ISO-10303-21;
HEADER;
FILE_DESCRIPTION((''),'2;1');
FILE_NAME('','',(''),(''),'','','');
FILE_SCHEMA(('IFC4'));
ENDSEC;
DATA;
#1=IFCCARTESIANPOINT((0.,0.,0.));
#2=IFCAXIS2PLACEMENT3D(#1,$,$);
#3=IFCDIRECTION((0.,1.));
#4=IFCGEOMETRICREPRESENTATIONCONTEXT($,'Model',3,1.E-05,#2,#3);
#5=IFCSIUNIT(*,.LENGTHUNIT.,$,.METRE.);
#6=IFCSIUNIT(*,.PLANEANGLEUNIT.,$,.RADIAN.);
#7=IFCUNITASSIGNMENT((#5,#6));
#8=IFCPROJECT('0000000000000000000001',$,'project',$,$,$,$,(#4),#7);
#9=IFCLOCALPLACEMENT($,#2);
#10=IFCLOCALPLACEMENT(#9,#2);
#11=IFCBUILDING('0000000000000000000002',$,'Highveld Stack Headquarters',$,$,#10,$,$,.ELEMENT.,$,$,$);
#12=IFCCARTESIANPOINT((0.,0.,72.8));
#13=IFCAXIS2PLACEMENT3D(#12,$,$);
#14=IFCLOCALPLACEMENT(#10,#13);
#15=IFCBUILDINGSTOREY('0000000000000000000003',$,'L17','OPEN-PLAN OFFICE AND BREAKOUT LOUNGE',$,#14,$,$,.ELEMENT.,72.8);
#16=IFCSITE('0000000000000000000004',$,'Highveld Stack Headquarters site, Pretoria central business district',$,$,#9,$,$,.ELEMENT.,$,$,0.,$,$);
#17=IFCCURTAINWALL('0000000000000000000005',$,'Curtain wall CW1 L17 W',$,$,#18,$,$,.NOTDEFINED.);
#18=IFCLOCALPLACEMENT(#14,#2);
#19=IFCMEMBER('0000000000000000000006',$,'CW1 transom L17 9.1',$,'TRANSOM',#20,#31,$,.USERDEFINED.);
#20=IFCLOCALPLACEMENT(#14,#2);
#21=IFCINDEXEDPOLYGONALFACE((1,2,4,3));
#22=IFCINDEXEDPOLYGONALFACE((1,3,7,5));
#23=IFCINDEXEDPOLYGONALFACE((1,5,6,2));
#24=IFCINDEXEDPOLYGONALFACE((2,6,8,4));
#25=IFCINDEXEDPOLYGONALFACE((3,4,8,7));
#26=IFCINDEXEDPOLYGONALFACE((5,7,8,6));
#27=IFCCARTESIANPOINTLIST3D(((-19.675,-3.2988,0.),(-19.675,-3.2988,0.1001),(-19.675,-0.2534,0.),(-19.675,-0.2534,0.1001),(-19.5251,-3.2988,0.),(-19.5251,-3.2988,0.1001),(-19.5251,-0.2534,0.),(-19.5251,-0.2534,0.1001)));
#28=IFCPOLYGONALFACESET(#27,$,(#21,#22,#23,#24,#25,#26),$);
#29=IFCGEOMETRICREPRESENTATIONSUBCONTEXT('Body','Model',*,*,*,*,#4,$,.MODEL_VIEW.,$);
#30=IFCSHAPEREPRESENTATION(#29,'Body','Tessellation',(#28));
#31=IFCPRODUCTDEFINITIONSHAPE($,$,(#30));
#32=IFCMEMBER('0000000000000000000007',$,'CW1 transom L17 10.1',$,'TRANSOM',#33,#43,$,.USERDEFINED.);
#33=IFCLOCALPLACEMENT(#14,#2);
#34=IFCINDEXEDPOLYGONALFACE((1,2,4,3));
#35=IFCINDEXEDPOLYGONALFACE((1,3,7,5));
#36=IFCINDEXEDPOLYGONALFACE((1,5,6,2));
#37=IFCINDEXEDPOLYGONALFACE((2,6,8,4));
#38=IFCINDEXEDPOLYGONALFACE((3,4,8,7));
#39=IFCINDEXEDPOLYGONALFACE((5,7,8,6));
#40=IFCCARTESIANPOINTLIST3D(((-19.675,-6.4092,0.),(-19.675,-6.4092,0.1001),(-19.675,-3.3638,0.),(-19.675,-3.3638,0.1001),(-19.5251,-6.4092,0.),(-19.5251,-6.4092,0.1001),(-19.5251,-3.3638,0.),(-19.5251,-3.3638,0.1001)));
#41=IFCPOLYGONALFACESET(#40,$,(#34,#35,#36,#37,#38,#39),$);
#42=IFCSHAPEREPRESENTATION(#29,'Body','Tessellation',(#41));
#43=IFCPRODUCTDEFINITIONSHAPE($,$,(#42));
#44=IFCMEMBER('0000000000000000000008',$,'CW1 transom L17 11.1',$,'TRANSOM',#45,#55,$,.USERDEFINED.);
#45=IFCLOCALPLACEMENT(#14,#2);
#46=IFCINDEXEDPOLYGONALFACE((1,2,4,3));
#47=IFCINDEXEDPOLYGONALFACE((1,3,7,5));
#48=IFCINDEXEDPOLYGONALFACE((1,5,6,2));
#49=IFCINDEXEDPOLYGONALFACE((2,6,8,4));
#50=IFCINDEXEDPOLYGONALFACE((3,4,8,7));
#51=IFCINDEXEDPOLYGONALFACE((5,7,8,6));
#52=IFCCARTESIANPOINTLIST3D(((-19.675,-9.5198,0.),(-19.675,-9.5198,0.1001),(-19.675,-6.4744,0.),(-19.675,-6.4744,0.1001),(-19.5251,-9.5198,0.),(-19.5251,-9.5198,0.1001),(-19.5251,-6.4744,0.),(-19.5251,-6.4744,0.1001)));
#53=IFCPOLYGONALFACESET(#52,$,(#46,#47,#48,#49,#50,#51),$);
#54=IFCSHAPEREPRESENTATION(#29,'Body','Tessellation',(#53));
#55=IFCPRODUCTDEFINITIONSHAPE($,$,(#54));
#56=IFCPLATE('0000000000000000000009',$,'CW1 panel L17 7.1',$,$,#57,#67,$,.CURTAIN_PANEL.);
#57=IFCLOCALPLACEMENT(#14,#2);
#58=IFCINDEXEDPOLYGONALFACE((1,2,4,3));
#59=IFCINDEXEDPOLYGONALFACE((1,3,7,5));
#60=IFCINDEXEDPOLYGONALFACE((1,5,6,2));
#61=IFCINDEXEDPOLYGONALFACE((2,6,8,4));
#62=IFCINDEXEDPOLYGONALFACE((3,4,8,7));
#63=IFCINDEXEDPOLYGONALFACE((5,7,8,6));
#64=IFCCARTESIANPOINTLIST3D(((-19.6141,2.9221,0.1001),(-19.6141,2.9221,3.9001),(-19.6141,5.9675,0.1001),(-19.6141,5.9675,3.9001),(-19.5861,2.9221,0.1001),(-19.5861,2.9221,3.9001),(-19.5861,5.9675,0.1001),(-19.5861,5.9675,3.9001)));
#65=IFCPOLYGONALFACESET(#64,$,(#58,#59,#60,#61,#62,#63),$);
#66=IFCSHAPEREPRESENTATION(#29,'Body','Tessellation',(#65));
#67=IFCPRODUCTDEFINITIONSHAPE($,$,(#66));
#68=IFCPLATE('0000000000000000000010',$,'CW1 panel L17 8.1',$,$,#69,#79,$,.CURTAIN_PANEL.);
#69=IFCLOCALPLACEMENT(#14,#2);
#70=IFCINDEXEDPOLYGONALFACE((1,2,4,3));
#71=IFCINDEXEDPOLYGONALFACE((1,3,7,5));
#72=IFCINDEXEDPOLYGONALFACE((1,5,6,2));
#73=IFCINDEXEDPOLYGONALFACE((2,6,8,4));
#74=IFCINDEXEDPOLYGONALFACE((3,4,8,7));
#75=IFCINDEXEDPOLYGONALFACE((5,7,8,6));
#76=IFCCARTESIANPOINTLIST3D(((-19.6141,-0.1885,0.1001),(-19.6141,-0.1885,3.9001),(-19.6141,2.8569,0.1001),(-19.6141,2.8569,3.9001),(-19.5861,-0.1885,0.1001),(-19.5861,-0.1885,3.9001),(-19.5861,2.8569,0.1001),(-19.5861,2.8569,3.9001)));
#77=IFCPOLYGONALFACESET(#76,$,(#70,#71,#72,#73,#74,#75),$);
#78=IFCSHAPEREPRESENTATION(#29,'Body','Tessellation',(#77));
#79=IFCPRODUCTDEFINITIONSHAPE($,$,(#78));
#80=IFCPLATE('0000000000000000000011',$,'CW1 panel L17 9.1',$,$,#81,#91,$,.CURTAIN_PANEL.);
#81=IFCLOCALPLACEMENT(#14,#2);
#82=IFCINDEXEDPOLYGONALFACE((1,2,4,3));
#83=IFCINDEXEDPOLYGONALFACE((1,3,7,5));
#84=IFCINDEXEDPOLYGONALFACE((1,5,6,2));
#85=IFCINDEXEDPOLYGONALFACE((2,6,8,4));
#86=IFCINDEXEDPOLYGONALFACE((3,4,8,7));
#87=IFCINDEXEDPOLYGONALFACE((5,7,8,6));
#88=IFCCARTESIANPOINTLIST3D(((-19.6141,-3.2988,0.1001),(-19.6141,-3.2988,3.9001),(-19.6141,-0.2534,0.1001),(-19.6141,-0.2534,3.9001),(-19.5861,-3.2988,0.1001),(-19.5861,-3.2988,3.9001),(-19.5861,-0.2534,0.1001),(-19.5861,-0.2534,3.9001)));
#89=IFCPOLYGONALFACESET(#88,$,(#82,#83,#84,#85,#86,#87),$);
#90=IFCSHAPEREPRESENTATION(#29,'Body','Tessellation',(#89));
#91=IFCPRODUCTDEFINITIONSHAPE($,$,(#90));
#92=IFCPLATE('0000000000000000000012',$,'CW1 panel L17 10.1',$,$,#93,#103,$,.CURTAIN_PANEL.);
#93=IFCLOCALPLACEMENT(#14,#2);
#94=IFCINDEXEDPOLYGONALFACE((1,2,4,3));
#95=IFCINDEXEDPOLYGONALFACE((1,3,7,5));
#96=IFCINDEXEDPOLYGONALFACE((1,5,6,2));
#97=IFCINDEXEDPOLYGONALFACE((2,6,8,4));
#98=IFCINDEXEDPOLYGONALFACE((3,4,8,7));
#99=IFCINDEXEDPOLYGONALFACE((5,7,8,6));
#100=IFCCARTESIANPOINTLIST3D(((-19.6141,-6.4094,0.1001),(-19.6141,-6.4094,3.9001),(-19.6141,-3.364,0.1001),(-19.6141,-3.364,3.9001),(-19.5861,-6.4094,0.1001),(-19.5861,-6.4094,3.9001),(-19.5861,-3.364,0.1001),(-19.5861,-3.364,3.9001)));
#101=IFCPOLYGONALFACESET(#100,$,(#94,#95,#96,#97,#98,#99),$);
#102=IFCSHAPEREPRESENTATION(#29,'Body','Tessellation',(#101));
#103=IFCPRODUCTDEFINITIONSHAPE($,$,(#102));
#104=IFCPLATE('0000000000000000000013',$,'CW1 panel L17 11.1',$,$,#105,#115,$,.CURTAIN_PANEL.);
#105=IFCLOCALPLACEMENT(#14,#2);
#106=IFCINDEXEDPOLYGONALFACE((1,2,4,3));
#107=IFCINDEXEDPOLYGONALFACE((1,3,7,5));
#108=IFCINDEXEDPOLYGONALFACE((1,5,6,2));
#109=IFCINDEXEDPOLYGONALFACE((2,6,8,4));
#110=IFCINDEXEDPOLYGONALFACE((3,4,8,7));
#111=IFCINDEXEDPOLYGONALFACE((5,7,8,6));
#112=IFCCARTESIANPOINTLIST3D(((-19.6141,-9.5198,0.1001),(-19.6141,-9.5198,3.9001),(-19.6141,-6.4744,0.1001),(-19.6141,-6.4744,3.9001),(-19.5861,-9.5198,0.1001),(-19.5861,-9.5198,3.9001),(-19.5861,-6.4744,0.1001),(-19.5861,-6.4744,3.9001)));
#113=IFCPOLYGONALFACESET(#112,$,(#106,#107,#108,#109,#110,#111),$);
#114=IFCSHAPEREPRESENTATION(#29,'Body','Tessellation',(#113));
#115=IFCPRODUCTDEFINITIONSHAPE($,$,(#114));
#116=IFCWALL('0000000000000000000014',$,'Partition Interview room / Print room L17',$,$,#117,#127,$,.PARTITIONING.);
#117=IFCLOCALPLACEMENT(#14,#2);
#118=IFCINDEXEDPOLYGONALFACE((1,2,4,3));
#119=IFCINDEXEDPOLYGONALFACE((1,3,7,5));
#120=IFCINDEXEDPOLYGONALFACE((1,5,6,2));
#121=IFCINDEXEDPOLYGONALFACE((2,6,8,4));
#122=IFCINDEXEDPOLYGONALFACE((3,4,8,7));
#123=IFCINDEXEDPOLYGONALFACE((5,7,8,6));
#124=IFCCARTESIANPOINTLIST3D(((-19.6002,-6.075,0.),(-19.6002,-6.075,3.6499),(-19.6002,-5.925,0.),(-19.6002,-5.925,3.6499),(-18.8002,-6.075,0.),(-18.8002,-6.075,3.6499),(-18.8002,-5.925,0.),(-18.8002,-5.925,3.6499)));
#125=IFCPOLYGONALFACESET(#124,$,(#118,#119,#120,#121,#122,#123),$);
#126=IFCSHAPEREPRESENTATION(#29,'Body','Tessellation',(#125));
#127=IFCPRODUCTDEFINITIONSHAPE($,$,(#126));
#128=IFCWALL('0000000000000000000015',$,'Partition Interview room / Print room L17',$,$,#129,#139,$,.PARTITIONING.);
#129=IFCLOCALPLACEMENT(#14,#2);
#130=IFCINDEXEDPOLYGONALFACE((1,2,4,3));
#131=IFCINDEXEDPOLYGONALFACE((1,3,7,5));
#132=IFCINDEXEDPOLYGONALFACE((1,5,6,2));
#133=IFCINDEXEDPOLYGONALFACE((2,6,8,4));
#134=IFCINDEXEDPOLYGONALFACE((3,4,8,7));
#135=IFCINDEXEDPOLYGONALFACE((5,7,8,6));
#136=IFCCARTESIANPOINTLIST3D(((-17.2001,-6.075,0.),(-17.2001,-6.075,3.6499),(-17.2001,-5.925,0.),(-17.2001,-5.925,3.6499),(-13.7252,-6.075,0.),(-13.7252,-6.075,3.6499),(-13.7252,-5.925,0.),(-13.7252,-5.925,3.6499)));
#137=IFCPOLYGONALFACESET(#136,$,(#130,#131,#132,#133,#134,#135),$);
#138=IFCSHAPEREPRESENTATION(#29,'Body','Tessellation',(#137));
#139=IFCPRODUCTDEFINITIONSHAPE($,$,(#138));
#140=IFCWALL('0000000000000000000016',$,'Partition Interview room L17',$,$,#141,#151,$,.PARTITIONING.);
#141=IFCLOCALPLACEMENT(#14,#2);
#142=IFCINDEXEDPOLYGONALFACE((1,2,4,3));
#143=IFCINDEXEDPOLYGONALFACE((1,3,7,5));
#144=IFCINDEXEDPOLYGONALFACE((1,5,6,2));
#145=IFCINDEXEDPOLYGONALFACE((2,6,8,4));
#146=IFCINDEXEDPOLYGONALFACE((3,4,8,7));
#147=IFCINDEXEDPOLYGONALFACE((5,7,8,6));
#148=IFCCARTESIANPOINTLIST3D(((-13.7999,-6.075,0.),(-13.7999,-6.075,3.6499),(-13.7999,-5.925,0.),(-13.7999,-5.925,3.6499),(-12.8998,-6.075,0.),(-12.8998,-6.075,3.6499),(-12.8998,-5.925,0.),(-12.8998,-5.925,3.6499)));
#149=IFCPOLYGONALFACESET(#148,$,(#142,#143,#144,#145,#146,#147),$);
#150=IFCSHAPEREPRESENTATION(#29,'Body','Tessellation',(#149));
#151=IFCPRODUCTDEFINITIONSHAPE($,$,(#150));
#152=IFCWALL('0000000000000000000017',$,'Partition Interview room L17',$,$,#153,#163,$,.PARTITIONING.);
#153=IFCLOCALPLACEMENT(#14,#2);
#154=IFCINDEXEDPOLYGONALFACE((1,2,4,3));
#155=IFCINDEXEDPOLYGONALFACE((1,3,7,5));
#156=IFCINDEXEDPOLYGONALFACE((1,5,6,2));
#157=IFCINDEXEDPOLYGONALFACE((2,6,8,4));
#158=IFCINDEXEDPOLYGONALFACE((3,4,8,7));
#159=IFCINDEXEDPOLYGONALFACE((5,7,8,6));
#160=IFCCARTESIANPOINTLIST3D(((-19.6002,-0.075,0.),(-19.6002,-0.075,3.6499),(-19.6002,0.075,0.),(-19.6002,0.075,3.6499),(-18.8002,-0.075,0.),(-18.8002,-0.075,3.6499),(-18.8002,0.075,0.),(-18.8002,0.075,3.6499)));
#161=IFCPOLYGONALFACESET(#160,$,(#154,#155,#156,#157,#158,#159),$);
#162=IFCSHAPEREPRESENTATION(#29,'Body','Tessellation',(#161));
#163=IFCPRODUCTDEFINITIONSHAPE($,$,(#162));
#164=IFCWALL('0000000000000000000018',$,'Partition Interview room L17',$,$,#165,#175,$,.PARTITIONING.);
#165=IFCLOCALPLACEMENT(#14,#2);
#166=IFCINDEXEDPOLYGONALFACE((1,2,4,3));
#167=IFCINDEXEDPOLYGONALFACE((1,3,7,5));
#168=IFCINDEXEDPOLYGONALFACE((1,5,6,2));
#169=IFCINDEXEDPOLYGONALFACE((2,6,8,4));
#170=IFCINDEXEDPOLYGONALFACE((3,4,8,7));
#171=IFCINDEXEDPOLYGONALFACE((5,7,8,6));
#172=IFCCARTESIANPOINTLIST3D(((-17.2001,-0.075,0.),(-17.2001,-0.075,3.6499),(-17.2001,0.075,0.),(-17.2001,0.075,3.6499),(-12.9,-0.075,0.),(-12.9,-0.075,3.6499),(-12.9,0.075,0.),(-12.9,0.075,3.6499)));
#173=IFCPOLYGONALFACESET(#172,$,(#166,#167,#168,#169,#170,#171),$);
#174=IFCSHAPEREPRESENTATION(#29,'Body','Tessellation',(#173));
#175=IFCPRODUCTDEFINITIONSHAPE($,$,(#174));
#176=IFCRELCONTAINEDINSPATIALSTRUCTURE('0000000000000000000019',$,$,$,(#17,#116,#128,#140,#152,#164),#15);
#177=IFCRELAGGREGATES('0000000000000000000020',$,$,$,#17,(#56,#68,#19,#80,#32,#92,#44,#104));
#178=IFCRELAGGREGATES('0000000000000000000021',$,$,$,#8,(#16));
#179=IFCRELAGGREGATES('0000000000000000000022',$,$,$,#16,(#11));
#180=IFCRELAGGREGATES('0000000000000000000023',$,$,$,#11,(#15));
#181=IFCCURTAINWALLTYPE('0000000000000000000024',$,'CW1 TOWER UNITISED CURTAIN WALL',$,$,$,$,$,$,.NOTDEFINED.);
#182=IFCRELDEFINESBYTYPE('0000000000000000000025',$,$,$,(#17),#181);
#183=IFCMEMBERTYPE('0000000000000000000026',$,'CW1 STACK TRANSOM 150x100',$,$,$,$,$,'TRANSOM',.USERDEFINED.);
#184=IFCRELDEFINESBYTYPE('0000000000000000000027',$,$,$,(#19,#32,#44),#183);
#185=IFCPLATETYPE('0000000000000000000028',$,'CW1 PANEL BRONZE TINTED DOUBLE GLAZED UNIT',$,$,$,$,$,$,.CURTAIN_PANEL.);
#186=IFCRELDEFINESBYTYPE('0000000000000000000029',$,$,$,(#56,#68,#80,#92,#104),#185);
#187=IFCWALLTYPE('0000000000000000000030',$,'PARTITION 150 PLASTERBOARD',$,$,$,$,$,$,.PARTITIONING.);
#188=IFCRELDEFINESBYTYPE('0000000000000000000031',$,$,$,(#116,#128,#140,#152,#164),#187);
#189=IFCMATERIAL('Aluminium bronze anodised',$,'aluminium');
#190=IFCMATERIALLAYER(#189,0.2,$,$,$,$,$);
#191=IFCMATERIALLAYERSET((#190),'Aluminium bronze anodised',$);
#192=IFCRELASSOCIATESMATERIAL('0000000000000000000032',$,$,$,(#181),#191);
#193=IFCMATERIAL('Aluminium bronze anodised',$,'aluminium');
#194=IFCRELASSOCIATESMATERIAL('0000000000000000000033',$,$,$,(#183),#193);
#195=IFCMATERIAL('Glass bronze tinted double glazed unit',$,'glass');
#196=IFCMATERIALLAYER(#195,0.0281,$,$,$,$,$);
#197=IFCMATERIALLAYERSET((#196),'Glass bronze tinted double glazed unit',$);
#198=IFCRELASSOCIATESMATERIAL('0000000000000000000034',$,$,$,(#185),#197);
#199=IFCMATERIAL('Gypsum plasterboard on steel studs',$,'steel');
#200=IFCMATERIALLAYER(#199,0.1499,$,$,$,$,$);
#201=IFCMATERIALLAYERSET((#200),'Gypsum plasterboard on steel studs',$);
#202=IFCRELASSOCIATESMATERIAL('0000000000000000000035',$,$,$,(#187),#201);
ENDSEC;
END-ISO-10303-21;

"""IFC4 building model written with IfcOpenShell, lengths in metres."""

from ifc_helpers import new_model, si_unit, direction, frame, frame_2d, origin, origin_2d, place, context, subcontext, project, spatial, rectangle, extrude, material, layer, layer_set, material_profile, profile_set, type_object, element, aggregate, save


model = new_model("IFC4")

# Units and contexts
model_context = context("Model", 3, precision=1e-05, world=origin(), true_north=direction((0.0, 1.0)))
body_context = subcontext(model_context, "Body", "Model", "MODEL_VIEW")
ifc_project = project(units=[si_unit("LENGTHUNIT", "METRE"), si_unit("PLANEANGLEUNIT", "RADIAN")], contexts=[model_context])

# Site, building, storey
site_placement = place(None, origin())
site = spatial("IfcSite", under=ifc_project, at=site_placement, Name="Highveld Stack Headquarters site, Pretoria central business district", CompositionType="ELEMENT", RefElevation=0.0)
building_placement = place(site_placement, origin())
building = spatial("IfcBuilding", under=site, at=building_placement, Name="Highveld Stack Headquarters", CompositionType="ELEMENT")
storey_placement = place(building_placement, frame((0.0, 0.0, 72.8)))
storey = spatial("IfcBuildingStorey", under=building, at=storey_placement, Name="L17", Description="OPEN-PLAN OFFICE AND BREAKOUT LOUNGE", CompositionType="ELEMENT", Elevation=72.8)

# Curtain wall, members, plates
ifc_material_1 = material(Name="Aluminium bronze anodised", Category="aluminium")
ifc_layer_1 = layer(ifc_material_1, 0.2)
ifc_layer_set_1 = layer_set([ifc_layer_1], Name="Aluminium bronze anodised")
curtain_wall_type = type_object("IfcCurtainWallType", Name="CW1 TOWER UNITISED CURTAIN WALL", PredefinedType="NOTDEFINED", material=ifc_layer_set_1)
curtain_wall_placement = place(storey_placement, origin())
curtain_wall = element("IfcCurtainWall", 1, at=curtain_wall_placement, inside=storey, type_object=curtain_wall_type, Name="Curtain wall CW1 L17 W", PredefinedType="NOTDEFINED")
ifc_material_2 = material(Name="Aluminium bronze anodised", Category="aluminium")
ifc_material_profile_1 = material_profile(ifc_material_2, rectangle(XDim=0.1499, YDim=0.1001, at=origin_2d()), Name="CW1 TRANSOM 150x100")
ifc_profile_set_1 = profile_set([ifc_material_profile_1], Name="Aluminium bronze anodised")
member_type_1 = type_object("IfcMemberType", Name="CW1 STACK TRANSOM 150x100", ElementType="TRANSOM", PredefinedType="USERDEFINED", material=ifc_profile_set_1)
member_1_placement = place(storey_placement, frame((-19.6001, -0.2534, 0.05), z_axis=(0.0, -1.0, 0.0), x_axis=(1.0, 0.0, 0.0)))
member_1 = element("IfcMember", 2, at=member_1_placement, type_object=member_type_1, Name="CW1 transom L17 9.1", ObjectType="TRANSOM", PredefinedType="USERDEFINED", context=body_context, shape_type="SweptSolid", body=[
    extrude(rectangle(XDim=0.1499, YDim=0.1001, at=origin_2d()), origin(), (0.0, 0.0, 1.0), 3.0454),
])
member_2_placement = place(storey_placement, frame((-19.6001, -3.3638, 0.05), z_axis=(0.0, -1.0, 0.0), x_axis=(1.0, 0.0, 0.0)))
member_2 = element("IfcMember", 3, at=member_2_placement, type_object=member_type_1, Name="CW1 transom L17 10.1", ObjectType="TRANSOM", PredefinedType="USERDEFINED", context=body_context, shape_type="SweptSolid", body=[
    extrude(rectangle(XDim=0.1499, YDim=0.1001, at=origin_2d()), origin(), (0.0, 0.0, 1.0), 3.0454),
])
member_3_placement = place(storey_placement, frame((-19.6001, -6.4744, 0.05), z_axis=(0.0, -1.0, 0.0), x_axis=(1.0, 0.0, 0.0)))
member_3 = element("IfcMember", 4, at=member_3_placement, type_object=member_type_1, Name="CW1 transom L17 11.1", ObjectType="TRANSOM", PredefinedType="USERDEFINED", context=body_context, shape_type="SweptSolid", body=[
    extrude(rectangle(XDim=0.1499, YDim=0.1001, at=origin_2d()), origin(), (0.0, 0.0, 1.0), 3.0454),
])
ifc_material_3 = material(Name="Glass bronze tinted double glazed unit", Category="glass")
ifc_layer_2 = layer(ifc_material_3, 0.0281)
ifc_layer_set_2 = layer_set([ifc_layer_2], Name="Glass bronze tinted double glazed unit")
plate_type = type_object("IfcPlateType", Name="CW1 PANEL BRONZE TINTED DOUBLE GLAZED UNIT", PredefinedType="CURTAIN_PANEL", material=ifc_layer_set_2)
plate_1_placement = place(storey_placement, frame((-19.6001, 4.4448, 0.1001), z_axis=(0.0, 0.0, 1.0), x_axis=(0.0, -1.0, 0.0)))
plate_1 = element("IfcPlate", 5, at=plate_1_placement, type_object=plate_type, Name="CW1 panel L17 7.1", PredefinedType="CURTAIN_PANEL", context=body_context, shape_type="SweptSolid", body=[
    extrude(rectangle(XDim=3.0454, YDim=0.0281, at=origin_2d()), origin(), (0.0, 0.0, 1.0), 3.8),
])
plate_2_placement = place(storey_placement, frame((-19.6001, 1.3342, 0.1001), z_axis=(0.0, 0.0, 1.0), x_axis=(0.0, -1.0, 0.0)))
plate_2 = element("IfcPlate", 6, at=plate_2_placement, type_object=plate_type, Name="CW1 panel L17 8.1", PredefinedType="CURTAIN_PANEL", context=body_context, shape_type="SweptSolid", body=[
    extrude(rectangle(XDim=3.0454, YDim=0.0281, at=origin_2d()), origin(), (0.0, 0.0, 1.0), 3.8),
])
plate_3_placement = place(storey_placement, frame((-19.6001, -1.7761, 0.1001), z_axis=(0.0, 0.0, 1.0), x_axis=(0.0, -1.0, 0.0)))
plate_3 = element("IfcPlate", 7, at=plate_3_placement, type_object=plate_type, Name="CW1 panel L17 9.1", PredefinedType="CURTAIN_PANEL", context=body_context, shape_type="SweptSolid", body=[
    extrude(rectangle(XDim=3.0454, YDim=0.0281, at=origin_2d()), origin(), (0.0, 0.0, 1.0), 3.8),
])
plate_4_placement = place(storey_placement, frame((-19.6001, -4.8867, 0.1001), z_axis=(0.0, 0.0, 1.0), x_axis=(0.0, -1.0, 0.0)))
plate_4 = element("IfcPlate", 8, at=plate_4_placement, type_object=plate_type, Name="CW1 panel L17 10.1", PredefinedType="CURTAIN_PANEL", context=body_context, shape_type="SweptSolid", body=[
    extrude(rectangle(XDim=3.0454, YDim=0.0281, at=origin_2d()), origin(), (0.0, 0.0, 1.0), 3.8),
])
plate_5_placement = place(storey_placement, frame((-19.6001, -7.9971, 0.1001), z_axis=(0.0, 0.0, 1.0), x_axis=(0.0, -1.0, 0.0)))
plate_5 = element("IfcPlate", 9, at=plate_5_placement, type_object=plate_type, Name="CW1 panel L17 11.1", PredefinedType="CURTAIN_PANEL", context=body_context, shape_type="SweptSolid", body=[
    extrude(rectangle(XDim=3.0454, YDim=0.0281, at=origin_2d()), origin(), (0.0, 0.0, 1.0), 3.8),
])
aggregate(curtain_wall, [plate_1, plate_2, member_1, plate_3, member_2, plate_4, member_3, plate_5])

# Walls
ifc_material_4 = material(Name="Gypsum plasterboard on steel studs", Category="steel")
ifc_layer_3 = layer(ifc_material_4, 0.1499)
ifc_layer_set_3 = layer_set([ifc_layer_3], Name="Gypsum plasterboard on steel studs")
wall_type = type_object("IfcWallType", Name="PARTITION 150 PLASTERBOARD", PredefinedType="PARTITIONING", material=ifc_layer_set_3)
wall_1_placement = place(storey_placement, frame((-19.6001, -6.0, 0.0), z_axis=(0.0, 0.0, 1.0), x_axis=(1.0, 0.0, 0.0)))
element("IfcWall", 10, at=wall_1_placement, inside=storey, type_object=wall_type, Name="Partition Interview room / Print room L17", PredefinedType="PARTITIONING", context=body_context, shape_type="SweptSolid", body=[
    extrude(rectangle(XDim=0.8, YDim=0.1499, at=frame_2d((0.3999, 0.0))), origin(), (0.0, 0.0, 1.0), 3.6499),
])
wall_2_placement = place(storey_placement, frame((-17.2, -6.0, 0.0), z_axis=(0.0, 0.0, 1.0), x_axis=(1.0, 0.0, 0.0)))
element("IfcWall", 11, at=wall_2_placement, inside=storey, type_object=wall_type, Name="Partition Interview room / Print room L17", PredefinedType="PARTITIONING", context=body_context, shape_type="SweptSolid", body=[
    extrude(rectangle(XDim=3.4749, YDim=0.1499, at=frame_2d((1.7373, 0.0))), origin(), (0.0, 0.0, 1.0), 3.6499),
])
wall_3_placement = place(storey_placement, frame((-13.8, -6.0, 0.0), z_axis=(0.0, 0.0, 1.0), x_axis=(1.0, 0.0, 0.0)))
element("IfcWall", 12, at=wall_3_placement, inside=storey, type_object=wall_type, Name="Partition Interview room L17", PredefinedType="PARTITIONING", context=body_context, shape_type="SweptSolid", body=[
    extrude(rectangle(XDim=0.9001, YDim=0.1499, at=frame_2d((0.4502, 0.0))), origin(), (0.0, 0.0, 1.0), 3.6499),
])
wall_4_placement = place(storey_placement, frame((-19.6001, 0.0, 0.0), z_axis=(0.0, 0.0, 1.0), x_axis=(1.0, 0.0, 0.0)))
element("IfcWall", 13, at=wall_4_placement, inside=storey, type_object=wall_type, Name="Partition Interview room L17", PredefinedType="PARTITIONING", context=body_context, shape_type="SweptSolid", body=[
    extrude(rectangle(XDim=0.8, YDim=0.1499, at=frame_2d((0.3999, 0.0))), origin(), (0.0, 0.0, 1.0), 3.6499),
])
wall_5_placement = place(storey_placement, frame((-17.2, 0.0, 0.0), z_axis=(0.0, 0.0, 1.0), x_axis=(1.0, 0.0, 0.0)))
element("IfcWall", 14, at=wall_5_placement, inside=storey, type_object=wall_type, Name="Partition Interview room L17", PredefinedType="PARTITIONING", context=body_context, shape_type="SweptSolid", body=[
    extrude(rectangle(XDim=4.3, YDim=0.1499, at=frame_2d((2.1499, 0.0))), origin(), (0.0, 0.0, 1.0), 3.6499),
])

save(model, "model.ifc")
